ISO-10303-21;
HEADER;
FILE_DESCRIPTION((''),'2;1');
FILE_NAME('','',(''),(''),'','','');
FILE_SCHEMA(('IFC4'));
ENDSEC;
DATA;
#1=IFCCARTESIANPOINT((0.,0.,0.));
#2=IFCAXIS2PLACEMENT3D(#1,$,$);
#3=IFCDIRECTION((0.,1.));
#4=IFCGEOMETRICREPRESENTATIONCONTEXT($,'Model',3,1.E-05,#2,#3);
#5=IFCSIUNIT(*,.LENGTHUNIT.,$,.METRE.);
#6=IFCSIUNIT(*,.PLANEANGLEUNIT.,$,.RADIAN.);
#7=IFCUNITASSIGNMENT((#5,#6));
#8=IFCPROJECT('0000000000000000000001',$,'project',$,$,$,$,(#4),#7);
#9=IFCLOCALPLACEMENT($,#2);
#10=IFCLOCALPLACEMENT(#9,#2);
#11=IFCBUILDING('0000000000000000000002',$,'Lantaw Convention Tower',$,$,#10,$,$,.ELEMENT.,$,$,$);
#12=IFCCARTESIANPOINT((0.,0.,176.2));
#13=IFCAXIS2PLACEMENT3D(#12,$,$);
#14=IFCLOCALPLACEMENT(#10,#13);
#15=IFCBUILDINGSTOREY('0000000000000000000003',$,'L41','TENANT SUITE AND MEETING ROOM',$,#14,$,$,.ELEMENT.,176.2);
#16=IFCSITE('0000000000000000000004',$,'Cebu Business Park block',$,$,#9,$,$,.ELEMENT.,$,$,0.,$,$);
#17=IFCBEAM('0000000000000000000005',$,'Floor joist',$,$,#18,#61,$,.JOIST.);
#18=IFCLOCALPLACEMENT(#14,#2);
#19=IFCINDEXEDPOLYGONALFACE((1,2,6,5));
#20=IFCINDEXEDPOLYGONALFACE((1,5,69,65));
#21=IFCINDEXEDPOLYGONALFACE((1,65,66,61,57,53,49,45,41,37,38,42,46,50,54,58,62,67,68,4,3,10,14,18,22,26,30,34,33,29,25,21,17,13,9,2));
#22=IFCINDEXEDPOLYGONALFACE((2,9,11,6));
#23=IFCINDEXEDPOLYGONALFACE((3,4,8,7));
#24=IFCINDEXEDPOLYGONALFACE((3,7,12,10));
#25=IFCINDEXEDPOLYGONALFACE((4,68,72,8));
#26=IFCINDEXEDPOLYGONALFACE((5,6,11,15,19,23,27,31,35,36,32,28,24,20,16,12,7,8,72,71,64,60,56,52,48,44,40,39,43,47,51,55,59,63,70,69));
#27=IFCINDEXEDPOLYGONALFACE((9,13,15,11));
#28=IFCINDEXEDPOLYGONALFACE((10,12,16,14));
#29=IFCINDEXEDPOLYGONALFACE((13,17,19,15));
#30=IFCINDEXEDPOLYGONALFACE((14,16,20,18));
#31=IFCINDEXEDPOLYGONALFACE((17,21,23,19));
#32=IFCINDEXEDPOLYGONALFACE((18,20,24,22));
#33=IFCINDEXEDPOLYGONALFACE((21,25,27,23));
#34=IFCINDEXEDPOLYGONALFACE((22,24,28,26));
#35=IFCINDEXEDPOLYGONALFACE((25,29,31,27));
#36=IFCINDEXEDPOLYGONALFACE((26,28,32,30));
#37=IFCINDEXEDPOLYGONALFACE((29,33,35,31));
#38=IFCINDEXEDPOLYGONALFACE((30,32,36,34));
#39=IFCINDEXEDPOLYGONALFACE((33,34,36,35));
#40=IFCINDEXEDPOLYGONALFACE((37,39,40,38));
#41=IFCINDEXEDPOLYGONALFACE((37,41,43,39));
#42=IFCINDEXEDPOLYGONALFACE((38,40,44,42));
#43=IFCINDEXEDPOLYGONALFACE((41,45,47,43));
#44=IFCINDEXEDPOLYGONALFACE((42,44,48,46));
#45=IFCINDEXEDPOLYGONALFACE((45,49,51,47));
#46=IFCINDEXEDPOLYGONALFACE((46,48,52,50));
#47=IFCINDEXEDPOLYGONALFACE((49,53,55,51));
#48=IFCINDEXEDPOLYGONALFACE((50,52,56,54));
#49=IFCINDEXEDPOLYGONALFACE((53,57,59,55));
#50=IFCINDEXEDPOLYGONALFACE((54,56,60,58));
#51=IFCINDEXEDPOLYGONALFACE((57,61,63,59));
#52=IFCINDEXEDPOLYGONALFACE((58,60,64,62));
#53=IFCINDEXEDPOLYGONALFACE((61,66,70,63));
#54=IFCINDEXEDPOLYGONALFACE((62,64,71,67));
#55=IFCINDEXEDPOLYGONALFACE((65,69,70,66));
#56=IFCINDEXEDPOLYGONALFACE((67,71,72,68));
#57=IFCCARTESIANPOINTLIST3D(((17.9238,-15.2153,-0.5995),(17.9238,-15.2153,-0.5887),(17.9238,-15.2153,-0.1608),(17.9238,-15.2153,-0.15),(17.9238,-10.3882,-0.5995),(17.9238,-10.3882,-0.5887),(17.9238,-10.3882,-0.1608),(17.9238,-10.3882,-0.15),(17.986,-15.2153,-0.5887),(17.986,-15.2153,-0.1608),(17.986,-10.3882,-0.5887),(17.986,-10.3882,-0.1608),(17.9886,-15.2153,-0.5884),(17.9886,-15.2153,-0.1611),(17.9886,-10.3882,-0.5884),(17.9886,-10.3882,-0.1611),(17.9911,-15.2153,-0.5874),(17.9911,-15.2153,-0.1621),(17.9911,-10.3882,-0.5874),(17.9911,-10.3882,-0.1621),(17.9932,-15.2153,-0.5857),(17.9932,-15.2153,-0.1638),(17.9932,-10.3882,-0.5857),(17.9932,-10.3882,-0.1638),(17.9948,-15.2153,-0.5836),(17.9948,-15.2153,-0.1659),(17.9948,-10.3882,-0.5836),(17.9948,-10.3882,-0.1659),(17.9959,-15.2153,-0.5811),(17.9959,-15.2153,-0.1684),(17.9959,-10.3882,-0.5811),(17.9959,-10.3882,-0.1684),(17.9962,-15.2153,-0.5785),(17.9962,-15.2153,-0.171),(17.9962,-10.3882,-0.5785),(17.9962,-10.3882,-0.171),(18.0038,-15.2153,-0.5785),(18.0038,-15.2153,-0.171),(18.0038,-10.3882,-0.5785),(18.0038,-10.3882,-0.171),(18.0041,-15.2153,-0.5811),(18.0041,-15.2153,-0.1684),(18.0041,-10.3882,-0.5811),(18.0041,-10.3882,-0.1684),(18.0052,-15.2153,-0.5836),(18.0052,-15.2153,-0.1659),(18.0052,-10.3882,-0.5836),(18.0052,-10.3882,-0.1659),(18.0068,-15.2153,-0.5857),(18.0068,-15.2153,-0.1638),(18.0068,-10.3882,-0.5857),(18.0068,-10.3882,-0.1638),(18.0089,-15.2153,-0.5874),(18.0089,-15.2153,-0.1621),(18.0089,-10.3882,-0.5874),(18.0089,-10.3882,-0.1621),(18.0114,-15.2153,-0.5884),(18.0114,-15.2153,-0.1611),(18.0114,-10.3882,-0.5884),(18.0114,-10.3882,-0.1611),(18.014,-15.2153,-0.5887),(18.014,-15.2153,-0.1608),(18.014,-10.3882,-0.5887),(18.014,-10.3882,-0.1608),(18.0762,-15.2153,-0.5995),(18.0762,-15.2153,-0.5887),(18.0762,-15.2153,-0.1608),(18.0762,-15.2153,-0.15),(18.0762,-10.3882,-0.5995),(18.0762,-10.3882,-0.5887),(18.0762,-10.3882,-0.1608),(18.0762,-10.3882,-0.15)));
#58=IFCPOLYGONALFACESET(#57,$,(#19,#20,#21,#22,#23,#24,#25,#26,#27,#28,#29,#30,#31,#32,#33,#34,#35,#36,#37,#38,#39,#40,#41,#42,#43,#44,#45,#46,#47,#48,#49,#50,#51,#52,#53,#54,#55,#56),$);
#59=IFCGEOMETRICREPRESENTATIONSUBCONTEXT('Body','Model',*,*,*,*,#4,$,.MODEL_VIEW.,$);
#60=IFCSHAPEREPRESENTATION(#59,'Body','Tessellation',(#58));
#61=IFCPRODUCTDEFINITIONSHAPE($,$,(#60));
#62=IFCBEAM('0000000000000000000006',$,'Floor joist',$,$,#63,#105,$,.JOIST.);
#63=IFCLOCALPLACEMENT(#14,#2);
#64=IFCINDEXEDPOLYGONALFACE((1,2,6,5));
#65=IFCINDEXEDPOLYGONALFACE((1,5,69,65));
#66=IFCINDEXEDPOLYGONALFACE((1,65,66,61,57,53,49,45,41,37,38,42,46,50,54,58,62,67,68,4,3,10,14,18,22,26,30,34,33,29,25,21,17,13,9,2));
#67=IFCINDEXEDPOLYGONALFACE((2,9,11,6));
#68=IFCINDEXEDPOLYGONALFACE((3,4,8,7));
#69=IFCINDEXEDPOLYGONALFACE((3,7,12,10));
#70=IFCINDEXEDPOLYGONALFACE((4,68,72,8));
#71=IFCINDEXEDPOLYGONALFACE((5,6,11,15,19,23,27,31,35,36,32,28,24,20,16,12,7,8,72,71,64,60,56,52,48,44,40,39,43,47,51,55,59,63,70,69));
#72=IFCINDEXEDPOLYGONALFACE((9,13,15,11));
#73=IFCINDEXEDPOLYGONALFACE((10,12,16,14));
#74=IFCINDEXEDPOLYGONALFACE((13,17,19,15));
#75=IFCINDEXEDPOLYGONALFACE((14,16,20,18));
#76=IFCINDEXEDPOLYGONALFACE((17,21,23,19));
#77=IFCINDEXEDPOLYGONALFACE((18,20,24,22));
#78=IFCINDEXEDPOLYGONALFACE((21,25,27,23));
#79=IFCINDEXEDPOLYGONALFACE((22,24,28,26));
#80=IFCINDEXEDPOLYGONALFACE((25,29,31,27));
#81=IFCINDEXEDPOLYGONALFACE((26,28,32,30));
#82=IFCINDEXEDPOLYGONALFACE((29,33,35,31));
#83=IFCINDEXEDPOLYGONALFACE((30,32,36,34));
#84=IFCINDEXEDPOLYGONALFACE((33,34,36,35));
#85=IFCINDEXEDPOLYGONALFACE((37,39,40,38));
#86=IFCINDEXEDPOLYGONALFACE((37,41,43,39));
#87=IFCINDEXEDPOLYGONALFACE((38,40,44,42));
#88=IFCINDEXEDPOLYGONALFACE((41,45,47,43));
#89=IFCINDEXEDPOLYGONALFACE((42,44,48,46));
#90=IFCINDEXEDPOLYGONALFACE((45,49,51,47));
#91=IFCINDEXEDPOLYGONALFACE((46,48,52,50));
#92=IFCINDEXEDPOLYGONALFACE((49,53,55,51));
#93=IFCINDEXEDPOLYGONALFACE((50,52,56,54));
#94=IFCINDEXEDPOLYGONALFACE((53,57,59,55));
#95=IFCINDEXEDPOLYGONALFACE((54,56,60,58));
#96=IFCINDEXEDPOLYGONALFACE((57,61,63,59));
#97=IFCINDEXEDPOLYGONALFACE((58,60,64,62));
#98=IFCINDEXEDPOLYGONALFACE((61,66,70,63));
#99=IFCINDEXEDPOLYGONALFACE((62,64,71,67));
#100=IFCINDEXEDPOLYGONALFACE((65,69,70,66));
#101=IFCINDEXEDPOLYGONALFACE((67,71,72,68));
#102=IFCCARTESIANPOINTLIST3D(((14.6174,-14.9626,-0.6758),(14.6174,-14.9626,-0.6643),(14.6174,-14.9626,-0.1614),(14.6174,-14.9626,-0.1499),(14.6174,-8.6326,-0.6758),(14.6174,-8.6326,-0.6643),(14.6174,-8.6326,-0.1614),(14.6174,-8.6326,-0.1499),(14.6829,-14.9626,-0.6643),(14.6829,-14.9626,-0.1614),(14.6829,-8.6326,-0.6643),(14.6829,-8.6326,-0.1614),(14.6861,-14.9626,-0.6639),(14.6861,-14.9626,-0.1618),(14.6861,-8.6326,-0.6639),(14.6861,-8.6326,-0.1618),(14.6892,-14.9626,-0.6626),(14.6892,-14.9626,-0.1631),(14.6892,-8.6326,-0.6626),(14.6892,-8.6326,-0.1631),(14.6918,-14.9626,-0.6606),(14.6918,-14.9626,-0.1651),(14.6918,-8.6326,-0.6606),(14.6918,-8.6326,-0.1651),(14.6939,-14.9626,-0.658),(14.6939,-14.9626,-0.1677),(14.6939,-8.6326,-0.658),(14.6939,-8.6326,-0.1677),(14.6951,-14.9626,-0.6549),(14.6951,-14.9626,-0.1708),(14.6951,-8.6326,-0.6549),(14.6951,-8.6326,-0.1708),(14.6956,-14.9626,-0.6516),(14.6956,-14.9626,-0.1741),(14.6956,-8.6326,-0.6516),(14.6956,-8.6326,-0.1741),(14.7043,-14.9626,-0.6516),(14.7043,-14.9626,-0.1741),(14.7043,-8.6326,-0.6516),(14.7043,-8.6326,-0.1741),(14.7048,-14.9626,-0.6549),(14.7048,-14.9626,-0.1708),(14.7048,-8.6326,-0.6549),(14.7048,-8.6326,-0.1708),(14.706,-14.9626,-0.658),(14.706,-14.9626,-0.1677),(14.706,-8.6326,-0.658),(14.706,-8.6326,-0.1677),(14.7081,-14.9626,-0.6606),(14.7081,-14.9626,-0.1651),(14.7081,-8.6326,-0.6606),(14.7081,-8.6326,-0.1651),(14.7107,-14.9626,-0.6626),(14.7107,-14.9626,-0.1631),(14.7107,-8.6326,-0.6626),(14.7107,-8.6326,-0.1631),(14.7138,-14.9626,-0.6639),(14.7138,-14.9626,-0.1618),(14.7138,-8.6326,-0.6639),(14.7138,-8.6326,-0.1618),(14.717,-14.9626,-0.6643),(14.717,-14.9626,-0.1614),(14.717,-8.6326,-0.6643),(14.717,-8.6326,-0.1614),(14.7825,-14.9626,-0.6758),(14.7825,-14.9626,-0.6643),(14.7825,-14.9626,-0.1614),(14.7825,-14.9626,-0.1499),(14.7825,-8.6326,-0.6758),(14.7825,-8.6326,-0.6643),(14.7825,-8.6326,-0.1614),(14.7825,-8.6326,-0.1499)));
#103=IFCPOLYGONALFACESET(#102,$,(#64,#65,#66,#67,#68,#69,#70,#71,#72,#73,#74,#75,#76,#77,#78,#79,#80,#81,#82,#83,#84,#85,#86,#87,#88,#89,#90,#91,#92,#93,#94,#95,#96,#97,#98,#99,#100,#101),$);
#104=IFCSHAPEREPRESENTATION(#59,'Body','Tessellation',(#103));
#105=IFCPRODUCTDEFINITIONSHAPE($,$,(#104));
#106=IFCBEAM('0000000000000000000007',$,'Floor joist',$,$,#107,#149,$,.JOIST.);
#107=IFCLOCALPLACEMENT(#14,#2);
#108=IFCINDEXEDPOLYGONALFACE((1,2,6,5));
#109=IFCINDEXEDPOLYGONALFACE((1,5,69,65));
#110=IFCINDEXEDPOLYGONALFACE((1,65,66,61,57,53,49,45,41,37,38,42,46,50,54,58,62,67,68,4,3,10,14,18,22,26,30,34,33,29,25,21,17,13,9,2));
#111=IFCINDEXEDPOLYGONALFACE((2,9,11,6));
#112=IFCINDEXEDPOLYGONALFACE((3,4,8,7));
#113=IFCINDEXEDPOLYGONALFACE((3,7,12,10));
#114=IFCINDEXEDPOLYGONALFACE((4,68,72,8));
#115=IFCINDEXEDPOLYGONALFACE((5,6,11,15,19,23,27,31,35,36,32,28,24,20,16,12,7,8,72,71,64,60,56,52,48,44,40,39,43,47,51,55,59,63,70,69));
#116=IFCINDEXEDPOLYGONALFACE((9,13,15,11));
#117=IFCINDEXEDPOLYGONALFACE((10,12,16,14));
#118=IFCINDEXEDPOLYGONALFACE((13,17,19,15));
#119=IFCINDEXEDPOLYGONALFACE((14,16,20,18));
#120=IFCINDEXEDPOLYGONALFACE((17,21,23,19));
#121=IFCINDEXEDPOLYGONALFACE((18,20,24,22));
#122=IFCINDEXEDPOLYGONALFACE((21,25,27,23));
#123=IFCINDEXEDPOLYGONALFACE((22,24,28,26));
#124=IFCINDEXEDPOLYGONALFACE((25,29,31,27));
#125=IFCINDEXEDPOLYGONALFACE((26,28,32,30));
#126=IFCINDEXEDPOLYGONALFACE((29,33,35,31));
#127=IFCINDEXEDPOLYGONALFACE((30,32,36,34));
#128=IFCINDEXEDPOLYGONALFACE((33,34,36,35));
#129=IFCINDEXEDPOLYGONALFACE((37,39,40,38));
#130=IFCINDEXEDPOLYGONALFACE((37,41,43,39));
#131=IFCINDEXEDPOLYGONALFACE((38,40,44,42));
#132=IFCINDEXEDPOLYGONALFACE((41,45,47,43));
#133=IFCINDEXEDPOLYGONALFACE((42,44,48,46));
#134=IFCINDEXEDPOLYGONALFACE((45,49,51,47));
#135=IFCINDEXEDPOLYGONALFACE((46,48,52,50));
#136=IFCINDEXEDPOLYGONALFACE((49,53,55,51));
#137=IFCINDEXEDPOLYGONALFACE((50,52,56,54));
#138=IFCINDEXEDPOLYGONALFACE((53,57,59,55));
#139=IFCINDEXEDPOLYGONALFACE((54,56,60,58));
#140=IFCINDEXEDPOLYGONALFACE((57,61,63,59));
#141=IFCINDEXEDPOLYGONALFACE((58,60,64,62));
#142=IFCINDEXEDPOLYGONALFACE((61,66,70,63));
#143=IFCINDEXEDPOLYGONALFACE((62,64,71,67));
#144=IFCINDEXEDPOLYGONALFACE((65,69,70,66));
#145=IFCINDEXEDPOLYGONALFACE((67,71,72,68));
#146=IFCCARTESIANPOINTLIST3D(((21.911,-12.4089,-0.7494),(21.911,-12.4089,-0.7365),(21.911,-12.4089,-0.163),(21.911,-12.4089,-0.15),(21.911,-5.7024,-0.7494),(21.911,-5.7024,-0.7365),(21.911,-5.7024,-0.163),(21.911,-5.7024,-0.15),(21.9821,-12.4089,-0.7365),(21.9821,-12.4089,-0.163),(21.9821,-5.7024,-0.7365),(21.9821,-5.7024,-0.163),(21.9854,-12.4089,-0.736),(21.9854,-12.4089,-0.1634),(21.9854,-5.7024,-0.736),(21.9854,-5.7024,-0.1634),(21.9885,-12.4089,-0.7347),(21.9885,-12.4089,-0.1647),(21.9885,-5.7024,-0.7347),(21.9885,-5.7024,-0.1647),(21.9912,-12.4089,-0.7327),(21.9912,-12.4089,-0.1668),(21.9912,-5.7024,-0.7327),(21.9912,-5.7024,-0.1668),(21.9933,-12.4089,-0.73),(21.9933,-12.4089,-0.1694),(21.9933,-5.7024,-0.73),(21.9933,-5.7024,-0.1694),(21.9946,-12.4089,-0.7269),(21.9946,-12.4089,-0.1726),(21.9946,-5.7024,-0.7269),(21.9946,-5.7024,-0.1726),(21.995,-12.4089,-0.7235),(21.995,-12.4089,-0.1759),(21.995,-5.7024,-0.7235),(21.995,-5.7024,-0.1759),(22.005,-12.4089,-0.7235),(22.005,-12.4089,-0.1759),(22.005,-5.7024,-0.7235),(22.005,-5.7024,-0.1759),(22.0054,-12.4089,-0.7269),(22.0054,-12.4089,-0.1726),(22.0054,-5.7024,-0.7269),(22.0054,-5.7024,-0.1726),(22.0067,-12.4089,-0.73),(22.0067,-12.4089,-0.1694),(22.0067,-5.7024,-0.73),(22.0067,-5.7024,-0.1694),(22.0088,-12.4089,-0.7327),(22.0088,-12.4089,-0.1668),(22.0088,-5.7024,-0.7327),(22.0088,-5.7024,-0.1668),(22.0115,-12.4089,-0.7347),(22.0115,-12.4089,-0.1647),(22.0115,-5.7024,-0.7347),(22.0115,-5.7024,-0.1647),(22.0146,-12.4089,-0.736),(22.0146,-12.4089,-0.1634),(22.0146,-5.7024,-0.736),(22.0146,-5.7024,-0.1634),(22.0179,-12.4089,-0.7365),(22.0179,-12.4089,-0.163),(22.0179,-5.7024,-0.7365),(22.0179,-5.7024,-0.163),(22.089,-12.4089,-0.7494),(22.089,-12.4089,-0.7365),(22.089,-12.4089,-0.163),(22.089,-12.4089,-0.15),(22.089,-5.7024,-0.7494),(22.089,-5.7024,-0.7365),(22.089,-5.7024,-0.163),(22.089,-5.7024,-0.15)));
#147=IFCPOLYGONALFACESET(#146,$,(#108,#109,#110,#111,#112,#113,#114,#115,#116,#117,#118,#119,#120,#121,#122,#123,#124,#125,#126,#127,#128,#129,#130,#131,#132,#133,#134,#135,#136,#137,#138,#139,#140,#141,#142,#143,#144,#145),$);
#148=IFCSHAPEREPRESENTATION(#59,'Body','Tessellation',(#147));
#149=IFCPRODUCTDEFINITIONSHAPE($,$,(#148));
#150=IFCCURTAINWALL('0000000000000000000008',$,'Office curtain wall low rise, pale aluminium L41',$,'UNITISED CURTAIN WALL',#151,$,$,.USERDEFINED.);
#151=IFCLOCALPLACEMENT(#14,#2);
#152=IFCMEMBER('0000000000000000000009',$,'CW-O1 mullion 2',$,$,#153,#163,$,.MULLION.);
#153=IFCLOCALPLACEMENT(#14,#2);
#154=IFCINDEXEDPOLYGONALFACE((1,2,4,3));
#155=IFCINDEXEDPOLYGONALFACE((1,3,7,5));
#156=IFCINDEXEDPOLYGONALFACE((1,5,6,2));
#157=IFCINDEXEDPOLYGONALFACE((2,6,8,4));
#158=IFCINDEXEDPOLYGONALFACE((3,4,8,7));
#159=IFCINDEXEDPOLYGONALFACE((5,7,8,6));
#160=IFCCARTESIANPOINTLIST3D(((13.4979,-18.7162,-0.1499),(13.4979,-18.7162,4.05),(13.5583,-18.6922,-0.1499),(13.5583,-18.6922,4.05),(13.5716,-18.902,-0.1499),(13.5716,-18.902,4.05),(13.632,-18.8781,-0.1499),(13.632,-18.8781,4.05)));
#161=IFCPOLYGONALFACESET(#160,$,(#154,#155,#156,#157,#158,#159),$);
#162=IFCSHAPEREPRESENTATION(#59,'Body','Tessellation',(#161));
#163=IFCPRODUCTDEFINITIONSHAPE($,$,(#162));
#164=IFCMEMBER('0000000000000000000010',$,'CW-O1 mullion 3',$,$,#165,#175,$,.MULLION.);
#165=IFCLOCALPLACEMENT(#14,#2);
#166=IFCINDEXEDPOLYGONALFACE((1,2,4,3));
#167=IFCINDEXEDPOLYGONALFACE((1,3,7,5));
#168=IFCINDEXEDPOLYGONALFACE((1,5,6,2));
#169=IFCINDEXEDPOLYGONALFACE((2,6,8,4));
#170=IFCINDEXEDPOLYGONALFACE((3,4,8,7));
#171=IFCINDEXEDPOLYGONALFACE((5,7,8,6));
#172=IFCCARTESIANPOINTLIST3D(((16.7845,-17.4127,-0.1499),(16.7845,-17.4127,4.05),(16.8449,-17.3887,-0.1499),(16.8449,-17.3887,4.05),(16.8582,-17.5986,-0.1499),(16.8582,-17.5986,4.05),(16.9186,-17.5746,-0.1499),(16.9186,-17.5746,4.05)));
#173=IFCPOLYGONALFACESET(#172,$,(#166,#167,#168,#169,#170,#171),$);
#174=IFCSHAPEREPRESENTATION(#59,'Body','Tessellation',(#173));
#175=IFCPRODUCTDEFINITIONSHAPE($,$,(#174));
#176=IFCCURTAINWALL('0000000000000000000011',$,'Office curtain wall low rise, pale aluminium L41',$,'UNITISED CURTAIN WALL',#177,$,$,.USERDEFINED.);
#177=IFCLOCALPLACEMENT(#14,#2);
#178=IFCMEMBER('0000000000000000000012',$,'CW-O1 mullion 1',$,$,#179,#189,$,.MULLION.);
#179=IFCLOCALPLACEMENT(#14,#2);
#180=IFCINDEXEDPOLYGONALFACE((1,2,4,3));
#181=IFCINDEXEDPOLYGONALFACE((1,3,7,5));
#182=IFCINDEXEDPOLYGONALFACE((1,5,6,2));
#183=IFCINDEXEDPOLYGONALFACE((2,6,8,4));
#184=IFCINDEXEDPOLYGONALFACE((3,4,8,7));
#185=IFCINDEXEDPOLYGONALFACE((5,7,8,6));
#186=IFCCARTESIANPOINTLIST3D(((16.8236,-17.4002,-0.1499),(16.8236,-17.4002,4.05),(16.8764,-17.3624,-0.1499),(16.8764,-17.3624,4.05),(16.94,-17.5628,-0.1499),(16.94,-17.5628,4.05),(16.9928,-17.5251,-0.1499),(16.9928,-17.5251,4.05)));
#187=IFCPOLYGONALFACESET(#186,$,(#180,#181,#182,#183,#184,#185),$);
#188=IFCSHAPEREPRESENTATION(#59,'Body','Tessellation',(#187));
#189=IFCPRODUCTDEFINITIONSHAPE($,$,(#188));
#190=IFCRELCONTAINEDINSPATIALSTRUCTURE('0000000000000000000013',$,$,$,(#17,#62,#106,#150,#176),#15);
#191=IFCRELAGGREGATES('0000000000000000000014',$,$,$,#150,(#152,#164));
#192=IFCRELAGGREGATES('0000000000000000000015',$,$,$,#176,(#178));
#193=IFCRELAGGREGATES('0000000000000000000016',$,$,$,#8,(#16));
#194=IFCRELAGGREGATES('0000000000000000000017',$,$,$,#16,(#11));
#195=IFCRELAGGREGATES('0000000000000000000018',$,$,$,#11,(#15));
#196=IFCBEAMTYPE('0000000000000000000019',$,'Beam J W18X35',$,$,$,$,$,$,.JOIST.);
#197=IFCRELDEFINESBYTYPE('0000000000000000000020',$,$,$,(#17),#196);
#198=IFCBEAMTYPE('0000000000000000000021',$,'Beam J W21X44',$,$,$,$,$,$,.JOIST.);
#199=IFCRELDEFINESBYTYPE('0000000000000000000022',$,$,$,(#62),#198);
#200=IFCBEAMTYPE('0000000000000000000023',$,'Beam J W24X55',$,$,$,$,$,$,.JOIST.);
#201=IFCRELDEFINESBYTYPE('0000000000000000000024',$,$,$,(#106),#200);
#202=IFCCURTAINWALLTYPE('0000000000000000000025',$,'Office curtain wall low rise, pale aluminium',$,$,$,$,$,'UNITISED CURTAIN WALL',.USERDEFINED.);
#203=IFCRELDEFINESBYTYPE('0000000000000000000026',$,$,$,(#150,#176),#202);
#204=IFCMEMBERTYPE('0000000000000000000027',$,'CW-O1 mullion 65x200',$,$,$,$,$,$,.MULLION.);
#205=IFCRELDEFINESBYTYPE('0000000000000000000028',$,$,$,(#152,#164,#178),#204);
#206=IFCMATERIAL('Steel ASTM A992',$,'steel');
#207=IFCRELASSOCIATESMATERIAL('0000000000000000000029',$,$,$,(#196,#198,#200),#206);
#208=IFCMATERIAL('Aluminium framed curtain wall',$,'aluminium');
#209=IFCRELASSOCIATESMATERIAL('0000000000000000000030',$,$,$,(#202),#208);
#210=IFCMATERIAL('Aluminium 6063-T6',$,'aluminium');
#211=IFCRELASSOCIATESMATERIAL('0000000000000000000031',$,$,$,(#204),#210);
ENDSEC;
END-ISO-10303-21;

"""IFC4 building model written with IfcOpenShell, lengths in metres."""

from ifc_helpers import new_model, si_unit, direction, frame, origin, origin_2d, place, context, subcontext, project, spatial, rectangle, i_section, extrude, material, material_profile, profile_set, type_object, element, aggregate, save


model = new_model("IFC4")

# Units and contexts
model_context = context("Model", 3, precision=1e-05, world=origin(), true_north=direction((0.0, 1.0)))
body_context = subcontext(model_context, "Body", "Model", "MODEL_VIEW")
ifc_project = project(units=[si_unit("LENGTHUNIT", "METRE"), si_unit("PLANEANGLEUNIT", "RADIAN")], contexts=[model_context])

# Site, building, storey
site_placement = place(None, origin())
site = spatial("IfcSite", under=ifc_project, at=site_placement, Name="Cebu Business Park block", CompositionType="ELEMENT", RefElevation=0.0)
building_placement = place(site_placement, origin())
building = spatial("IfcBuilding", under=site, at=building_placement, Name="Lantaw Convention Tower", CompositionType="ELEMENT")
storey_placement = place(building_placement, frame((0.0, 0.0, 176.2)))
storey = spatial("IfcBuildingStorey", under=building, at=storey_placement, Name="L41", Description="TENANT SUITE AND MEETING ROOM", CompositionType="ELEMENT", Elevation=176.2)

# Beams
ifc_material_1 = material(Name="Steel ASTM A992", Category="steel")
ifc_material_profile_1 = material_profile(ifc_material_1, i_section(OverallWidth=0.1523, OverallDepth=0.4495, WebThickness=0.0076, FlangeThickness=0.0107, FilletRadius=0.0103, at=origin_2d()), Name="W18X35")
ifc_profile_set_1 = profile_set([ifc_material_profile_1], Name="Steel ASTM A992")
beam_type_1 = type_object("IfcBeamType", Name="Beam J W18X35", PredefinedType="JOIST", material=ifc_profile_set_1)
beam_1_placement = place(storey_placement, frame((18.0, -15.2153, -0.3748), z_axis=(0.0, 1.0, 0.0), x_axis=(-1.0, 0.0, 0.0)))
element("IfcBeam", 1, at=beam_1_placement, inside=storey, type_object=beam_type_1, Name="Floor joist", PredefinedType="JOIST", context=body_context, shape_type="SweptSolid", body=[
    extrude(i_section(OverallWidth=0.1523, OverallDepth=0.4495, WebThickness=0.0076, FlangeThickness=0.0107, FilletRadius=0.0103, at=origin_2d()), origin(), (0.0, 0.0, 1.0), 4.8271),
])
ifc_material_profile_2 = material_profile(ifc_material_1, i_section(OverallWidth=0.165, OverallDepth=0.5259, WebThickness=0.0088, FlangeThickness=0.0115, FilletRadius=0.0127, at=origin_2d()), Name="W21X44")
ifc_profile_set_2 = profile_set([ifc_material_profile_2], Name="Steel ASTM A992")
beam_type_2 = type_object("IfcBeamType", Name="Beam J W21X44", PredefinedType="JOIST", material=ifc_profile_set_2)
beam_2_placement = place(storey_placement, frame((14.7, -14.9626, -0.4128), z_axis=(0.0, 1.0, 0.0), x_axis=(-1.0, 0.0, 0.0)))
element("IfcBeam", 2, at=beam_2_placement, inside=storey, type_object=beam_type_2, Name="Floor joist", PredefinedType="JOIST", context=body_context, shape_type="SweptSolid", body=[
    extrude(i_section(OverallWidth=0.165, OverallDepth=0.5259, WebThickness=0.0088, FlangeThickness=0.0115, FilletRadius=0.0127, at=origin_2d()), origin(), (0.0, 0.0, 1.0), 6.3301),
])
ifc_material_profile_3 = material_profile(ifc_material_1, i_section(OverallWidth=0.178, OverallDepth=0.5994, WebThickness=0.01, FlangeThickness=0.0129, FilletRadius=0.0129, at=origin_2d()), Name="W24X55")
ifc_profile_set_3 = profile_set([ifc_material_profile_3], Name="Steel ASTM A992")
beam_type_3 = type_object("IfcBeamType", Name="Beam J W24X55", PredefinedType="JOIST", material=ifc_profile_set_3)
beam_3_placement = place(storey_placement, frame((22.0, -12.4089, -0.4497), z_axis=(0.0, 1.0, 0.0), x_axis=(-1.0, 0.0, 0.0)))
element("IfcBeam", 3, at=beam_3_placement, inside=storey, type_object=beam_type_3, Name="Floor joist", PredefinedType="JOIST", context=body_context, shape_type="SweptSolid", body=[
    extrude(i_section(OverallWidth=0.178, OverallDepth=0.5994, WebThickness=0.01, FlangeThickness=0.0129, FilletRadius=0.0129, at=origin_2d()), origin(), (0.0, 0.0, 1.0), 6.7065),
])

# Curtain walls, members
ifc_material_2 = material(Name="Aluminium framed curtain wall", Category="aluminium")
curtain_wall_type = type_object("IfcCurtainWallType", Name="Office curtain wall low rise, pale aluminium", ElementType="UNITISED CURTAIN WALL", PredefinedType="USERDEFINED", material=ifc_material_2)
curtain_wall_1_placement = place(storey_placement, origin())
curtain_wall_1 = element("IfcCurtainWall", 4, at=curtain_wall_1_placement, inside=storey, type_object=curtain_wall_type, Name="Office curtain wall low rise, pale aluminium L41", ObjectType="UNITISED CURTAIN WALL", PredefinedType="USERDEFINED")
ifc_material_3 = material(Name="Aluminium 6063-T6", Category="aluminium")
ifc_material_profile_4 = material_profile(ifc_material_3, rectangle(XDim=0.2, YDim=0.0649, at=origin_2d()), Name="CW-O1 mullion 65x200")
ifc_profile_set_4 = profile_set([ifc_material_profile_4], Name="Aluminium 6063-T6")
member_type_1 = type_object("IfcMemberType", Name="CW-O1 mullion 65x200", PredefinedType="MULLION", material=ifc_profile_set_4)
member_1_placement = place(storey_placement, frame((13.5649, -18.7971, -0.1499), z_axis=(0.0, 0.0, 1.0), x_axis=(-0.368702, 0.929548, 0.0)))
member_1 = element("IfcMember", 5, at=member_1_placement, type_object=member_type_1, Name="CW-O1 mullion 2", PredefinedType="MULLION", context=body_context, shape_type="SweptSolid", body=[
    extrude(rectangle(XDim=0.2, YDim=0.0649, at=origin_2d()), origin(), (0.0, 0.0, 1.0), 4.2),
])
member_2_placement = place(storey_placement, frame((16.8516, -17.4937, -0.1499), z_axis=(0.0, 0.0, 1.0), x_axis=(-0.368702, 0.929548, 0.0)))
member_2 = element("IfcMember", 6, at=member_2_placement, type_object=member_type_1, Name="CW-O1 mullion 3", PredefinedType="MULLION", context=body_context, shape_type="SweptSolid", body=[
    extrude(rectangle(XDim=0.2, YDim=0.0649, at=origin_2d()), origin(), (0.0, 0.0, 1.0), 4.2),
])
curtain_wall_2_placement = place(storey_placement, origin())
curtain_wall_2 = element("IfcCurtainWall", 7, at=curtain_wall_2_placement, inside=storey, type_object=curtain_wall_type, Name="Office curtain wall low rise, pale aluminium L41", ObjectType="UNITISED CURTAIN WALL", PredefinedType="USERDEFINED")
member_3_placement = place(storey_placement, frame((16.9082, -17.4626, -0.1499), z_axis=(0.0, 0.0, 1.0), x_axis=(-0.581973, 0.813208, 0.0)))
member_3 = element("IfcMember", 8, at=member_3_placement, type_object=member_type_1, Name="CW-O1 mullion 1", PredefinedType="MULLION", context=body_context, shape_type="SweptSolid", body=[
    extrude(rectangle(XDim=0.2, YDim=0.0649, at=origin_2d()), origin(), (0.0, 0.0, 1.0), 4.2),
])

aggregate(curtain_wall_1, [member_1, member_2])
aggregate(curtain_wall_2, [member_3])

save(model, "model.ifc")
